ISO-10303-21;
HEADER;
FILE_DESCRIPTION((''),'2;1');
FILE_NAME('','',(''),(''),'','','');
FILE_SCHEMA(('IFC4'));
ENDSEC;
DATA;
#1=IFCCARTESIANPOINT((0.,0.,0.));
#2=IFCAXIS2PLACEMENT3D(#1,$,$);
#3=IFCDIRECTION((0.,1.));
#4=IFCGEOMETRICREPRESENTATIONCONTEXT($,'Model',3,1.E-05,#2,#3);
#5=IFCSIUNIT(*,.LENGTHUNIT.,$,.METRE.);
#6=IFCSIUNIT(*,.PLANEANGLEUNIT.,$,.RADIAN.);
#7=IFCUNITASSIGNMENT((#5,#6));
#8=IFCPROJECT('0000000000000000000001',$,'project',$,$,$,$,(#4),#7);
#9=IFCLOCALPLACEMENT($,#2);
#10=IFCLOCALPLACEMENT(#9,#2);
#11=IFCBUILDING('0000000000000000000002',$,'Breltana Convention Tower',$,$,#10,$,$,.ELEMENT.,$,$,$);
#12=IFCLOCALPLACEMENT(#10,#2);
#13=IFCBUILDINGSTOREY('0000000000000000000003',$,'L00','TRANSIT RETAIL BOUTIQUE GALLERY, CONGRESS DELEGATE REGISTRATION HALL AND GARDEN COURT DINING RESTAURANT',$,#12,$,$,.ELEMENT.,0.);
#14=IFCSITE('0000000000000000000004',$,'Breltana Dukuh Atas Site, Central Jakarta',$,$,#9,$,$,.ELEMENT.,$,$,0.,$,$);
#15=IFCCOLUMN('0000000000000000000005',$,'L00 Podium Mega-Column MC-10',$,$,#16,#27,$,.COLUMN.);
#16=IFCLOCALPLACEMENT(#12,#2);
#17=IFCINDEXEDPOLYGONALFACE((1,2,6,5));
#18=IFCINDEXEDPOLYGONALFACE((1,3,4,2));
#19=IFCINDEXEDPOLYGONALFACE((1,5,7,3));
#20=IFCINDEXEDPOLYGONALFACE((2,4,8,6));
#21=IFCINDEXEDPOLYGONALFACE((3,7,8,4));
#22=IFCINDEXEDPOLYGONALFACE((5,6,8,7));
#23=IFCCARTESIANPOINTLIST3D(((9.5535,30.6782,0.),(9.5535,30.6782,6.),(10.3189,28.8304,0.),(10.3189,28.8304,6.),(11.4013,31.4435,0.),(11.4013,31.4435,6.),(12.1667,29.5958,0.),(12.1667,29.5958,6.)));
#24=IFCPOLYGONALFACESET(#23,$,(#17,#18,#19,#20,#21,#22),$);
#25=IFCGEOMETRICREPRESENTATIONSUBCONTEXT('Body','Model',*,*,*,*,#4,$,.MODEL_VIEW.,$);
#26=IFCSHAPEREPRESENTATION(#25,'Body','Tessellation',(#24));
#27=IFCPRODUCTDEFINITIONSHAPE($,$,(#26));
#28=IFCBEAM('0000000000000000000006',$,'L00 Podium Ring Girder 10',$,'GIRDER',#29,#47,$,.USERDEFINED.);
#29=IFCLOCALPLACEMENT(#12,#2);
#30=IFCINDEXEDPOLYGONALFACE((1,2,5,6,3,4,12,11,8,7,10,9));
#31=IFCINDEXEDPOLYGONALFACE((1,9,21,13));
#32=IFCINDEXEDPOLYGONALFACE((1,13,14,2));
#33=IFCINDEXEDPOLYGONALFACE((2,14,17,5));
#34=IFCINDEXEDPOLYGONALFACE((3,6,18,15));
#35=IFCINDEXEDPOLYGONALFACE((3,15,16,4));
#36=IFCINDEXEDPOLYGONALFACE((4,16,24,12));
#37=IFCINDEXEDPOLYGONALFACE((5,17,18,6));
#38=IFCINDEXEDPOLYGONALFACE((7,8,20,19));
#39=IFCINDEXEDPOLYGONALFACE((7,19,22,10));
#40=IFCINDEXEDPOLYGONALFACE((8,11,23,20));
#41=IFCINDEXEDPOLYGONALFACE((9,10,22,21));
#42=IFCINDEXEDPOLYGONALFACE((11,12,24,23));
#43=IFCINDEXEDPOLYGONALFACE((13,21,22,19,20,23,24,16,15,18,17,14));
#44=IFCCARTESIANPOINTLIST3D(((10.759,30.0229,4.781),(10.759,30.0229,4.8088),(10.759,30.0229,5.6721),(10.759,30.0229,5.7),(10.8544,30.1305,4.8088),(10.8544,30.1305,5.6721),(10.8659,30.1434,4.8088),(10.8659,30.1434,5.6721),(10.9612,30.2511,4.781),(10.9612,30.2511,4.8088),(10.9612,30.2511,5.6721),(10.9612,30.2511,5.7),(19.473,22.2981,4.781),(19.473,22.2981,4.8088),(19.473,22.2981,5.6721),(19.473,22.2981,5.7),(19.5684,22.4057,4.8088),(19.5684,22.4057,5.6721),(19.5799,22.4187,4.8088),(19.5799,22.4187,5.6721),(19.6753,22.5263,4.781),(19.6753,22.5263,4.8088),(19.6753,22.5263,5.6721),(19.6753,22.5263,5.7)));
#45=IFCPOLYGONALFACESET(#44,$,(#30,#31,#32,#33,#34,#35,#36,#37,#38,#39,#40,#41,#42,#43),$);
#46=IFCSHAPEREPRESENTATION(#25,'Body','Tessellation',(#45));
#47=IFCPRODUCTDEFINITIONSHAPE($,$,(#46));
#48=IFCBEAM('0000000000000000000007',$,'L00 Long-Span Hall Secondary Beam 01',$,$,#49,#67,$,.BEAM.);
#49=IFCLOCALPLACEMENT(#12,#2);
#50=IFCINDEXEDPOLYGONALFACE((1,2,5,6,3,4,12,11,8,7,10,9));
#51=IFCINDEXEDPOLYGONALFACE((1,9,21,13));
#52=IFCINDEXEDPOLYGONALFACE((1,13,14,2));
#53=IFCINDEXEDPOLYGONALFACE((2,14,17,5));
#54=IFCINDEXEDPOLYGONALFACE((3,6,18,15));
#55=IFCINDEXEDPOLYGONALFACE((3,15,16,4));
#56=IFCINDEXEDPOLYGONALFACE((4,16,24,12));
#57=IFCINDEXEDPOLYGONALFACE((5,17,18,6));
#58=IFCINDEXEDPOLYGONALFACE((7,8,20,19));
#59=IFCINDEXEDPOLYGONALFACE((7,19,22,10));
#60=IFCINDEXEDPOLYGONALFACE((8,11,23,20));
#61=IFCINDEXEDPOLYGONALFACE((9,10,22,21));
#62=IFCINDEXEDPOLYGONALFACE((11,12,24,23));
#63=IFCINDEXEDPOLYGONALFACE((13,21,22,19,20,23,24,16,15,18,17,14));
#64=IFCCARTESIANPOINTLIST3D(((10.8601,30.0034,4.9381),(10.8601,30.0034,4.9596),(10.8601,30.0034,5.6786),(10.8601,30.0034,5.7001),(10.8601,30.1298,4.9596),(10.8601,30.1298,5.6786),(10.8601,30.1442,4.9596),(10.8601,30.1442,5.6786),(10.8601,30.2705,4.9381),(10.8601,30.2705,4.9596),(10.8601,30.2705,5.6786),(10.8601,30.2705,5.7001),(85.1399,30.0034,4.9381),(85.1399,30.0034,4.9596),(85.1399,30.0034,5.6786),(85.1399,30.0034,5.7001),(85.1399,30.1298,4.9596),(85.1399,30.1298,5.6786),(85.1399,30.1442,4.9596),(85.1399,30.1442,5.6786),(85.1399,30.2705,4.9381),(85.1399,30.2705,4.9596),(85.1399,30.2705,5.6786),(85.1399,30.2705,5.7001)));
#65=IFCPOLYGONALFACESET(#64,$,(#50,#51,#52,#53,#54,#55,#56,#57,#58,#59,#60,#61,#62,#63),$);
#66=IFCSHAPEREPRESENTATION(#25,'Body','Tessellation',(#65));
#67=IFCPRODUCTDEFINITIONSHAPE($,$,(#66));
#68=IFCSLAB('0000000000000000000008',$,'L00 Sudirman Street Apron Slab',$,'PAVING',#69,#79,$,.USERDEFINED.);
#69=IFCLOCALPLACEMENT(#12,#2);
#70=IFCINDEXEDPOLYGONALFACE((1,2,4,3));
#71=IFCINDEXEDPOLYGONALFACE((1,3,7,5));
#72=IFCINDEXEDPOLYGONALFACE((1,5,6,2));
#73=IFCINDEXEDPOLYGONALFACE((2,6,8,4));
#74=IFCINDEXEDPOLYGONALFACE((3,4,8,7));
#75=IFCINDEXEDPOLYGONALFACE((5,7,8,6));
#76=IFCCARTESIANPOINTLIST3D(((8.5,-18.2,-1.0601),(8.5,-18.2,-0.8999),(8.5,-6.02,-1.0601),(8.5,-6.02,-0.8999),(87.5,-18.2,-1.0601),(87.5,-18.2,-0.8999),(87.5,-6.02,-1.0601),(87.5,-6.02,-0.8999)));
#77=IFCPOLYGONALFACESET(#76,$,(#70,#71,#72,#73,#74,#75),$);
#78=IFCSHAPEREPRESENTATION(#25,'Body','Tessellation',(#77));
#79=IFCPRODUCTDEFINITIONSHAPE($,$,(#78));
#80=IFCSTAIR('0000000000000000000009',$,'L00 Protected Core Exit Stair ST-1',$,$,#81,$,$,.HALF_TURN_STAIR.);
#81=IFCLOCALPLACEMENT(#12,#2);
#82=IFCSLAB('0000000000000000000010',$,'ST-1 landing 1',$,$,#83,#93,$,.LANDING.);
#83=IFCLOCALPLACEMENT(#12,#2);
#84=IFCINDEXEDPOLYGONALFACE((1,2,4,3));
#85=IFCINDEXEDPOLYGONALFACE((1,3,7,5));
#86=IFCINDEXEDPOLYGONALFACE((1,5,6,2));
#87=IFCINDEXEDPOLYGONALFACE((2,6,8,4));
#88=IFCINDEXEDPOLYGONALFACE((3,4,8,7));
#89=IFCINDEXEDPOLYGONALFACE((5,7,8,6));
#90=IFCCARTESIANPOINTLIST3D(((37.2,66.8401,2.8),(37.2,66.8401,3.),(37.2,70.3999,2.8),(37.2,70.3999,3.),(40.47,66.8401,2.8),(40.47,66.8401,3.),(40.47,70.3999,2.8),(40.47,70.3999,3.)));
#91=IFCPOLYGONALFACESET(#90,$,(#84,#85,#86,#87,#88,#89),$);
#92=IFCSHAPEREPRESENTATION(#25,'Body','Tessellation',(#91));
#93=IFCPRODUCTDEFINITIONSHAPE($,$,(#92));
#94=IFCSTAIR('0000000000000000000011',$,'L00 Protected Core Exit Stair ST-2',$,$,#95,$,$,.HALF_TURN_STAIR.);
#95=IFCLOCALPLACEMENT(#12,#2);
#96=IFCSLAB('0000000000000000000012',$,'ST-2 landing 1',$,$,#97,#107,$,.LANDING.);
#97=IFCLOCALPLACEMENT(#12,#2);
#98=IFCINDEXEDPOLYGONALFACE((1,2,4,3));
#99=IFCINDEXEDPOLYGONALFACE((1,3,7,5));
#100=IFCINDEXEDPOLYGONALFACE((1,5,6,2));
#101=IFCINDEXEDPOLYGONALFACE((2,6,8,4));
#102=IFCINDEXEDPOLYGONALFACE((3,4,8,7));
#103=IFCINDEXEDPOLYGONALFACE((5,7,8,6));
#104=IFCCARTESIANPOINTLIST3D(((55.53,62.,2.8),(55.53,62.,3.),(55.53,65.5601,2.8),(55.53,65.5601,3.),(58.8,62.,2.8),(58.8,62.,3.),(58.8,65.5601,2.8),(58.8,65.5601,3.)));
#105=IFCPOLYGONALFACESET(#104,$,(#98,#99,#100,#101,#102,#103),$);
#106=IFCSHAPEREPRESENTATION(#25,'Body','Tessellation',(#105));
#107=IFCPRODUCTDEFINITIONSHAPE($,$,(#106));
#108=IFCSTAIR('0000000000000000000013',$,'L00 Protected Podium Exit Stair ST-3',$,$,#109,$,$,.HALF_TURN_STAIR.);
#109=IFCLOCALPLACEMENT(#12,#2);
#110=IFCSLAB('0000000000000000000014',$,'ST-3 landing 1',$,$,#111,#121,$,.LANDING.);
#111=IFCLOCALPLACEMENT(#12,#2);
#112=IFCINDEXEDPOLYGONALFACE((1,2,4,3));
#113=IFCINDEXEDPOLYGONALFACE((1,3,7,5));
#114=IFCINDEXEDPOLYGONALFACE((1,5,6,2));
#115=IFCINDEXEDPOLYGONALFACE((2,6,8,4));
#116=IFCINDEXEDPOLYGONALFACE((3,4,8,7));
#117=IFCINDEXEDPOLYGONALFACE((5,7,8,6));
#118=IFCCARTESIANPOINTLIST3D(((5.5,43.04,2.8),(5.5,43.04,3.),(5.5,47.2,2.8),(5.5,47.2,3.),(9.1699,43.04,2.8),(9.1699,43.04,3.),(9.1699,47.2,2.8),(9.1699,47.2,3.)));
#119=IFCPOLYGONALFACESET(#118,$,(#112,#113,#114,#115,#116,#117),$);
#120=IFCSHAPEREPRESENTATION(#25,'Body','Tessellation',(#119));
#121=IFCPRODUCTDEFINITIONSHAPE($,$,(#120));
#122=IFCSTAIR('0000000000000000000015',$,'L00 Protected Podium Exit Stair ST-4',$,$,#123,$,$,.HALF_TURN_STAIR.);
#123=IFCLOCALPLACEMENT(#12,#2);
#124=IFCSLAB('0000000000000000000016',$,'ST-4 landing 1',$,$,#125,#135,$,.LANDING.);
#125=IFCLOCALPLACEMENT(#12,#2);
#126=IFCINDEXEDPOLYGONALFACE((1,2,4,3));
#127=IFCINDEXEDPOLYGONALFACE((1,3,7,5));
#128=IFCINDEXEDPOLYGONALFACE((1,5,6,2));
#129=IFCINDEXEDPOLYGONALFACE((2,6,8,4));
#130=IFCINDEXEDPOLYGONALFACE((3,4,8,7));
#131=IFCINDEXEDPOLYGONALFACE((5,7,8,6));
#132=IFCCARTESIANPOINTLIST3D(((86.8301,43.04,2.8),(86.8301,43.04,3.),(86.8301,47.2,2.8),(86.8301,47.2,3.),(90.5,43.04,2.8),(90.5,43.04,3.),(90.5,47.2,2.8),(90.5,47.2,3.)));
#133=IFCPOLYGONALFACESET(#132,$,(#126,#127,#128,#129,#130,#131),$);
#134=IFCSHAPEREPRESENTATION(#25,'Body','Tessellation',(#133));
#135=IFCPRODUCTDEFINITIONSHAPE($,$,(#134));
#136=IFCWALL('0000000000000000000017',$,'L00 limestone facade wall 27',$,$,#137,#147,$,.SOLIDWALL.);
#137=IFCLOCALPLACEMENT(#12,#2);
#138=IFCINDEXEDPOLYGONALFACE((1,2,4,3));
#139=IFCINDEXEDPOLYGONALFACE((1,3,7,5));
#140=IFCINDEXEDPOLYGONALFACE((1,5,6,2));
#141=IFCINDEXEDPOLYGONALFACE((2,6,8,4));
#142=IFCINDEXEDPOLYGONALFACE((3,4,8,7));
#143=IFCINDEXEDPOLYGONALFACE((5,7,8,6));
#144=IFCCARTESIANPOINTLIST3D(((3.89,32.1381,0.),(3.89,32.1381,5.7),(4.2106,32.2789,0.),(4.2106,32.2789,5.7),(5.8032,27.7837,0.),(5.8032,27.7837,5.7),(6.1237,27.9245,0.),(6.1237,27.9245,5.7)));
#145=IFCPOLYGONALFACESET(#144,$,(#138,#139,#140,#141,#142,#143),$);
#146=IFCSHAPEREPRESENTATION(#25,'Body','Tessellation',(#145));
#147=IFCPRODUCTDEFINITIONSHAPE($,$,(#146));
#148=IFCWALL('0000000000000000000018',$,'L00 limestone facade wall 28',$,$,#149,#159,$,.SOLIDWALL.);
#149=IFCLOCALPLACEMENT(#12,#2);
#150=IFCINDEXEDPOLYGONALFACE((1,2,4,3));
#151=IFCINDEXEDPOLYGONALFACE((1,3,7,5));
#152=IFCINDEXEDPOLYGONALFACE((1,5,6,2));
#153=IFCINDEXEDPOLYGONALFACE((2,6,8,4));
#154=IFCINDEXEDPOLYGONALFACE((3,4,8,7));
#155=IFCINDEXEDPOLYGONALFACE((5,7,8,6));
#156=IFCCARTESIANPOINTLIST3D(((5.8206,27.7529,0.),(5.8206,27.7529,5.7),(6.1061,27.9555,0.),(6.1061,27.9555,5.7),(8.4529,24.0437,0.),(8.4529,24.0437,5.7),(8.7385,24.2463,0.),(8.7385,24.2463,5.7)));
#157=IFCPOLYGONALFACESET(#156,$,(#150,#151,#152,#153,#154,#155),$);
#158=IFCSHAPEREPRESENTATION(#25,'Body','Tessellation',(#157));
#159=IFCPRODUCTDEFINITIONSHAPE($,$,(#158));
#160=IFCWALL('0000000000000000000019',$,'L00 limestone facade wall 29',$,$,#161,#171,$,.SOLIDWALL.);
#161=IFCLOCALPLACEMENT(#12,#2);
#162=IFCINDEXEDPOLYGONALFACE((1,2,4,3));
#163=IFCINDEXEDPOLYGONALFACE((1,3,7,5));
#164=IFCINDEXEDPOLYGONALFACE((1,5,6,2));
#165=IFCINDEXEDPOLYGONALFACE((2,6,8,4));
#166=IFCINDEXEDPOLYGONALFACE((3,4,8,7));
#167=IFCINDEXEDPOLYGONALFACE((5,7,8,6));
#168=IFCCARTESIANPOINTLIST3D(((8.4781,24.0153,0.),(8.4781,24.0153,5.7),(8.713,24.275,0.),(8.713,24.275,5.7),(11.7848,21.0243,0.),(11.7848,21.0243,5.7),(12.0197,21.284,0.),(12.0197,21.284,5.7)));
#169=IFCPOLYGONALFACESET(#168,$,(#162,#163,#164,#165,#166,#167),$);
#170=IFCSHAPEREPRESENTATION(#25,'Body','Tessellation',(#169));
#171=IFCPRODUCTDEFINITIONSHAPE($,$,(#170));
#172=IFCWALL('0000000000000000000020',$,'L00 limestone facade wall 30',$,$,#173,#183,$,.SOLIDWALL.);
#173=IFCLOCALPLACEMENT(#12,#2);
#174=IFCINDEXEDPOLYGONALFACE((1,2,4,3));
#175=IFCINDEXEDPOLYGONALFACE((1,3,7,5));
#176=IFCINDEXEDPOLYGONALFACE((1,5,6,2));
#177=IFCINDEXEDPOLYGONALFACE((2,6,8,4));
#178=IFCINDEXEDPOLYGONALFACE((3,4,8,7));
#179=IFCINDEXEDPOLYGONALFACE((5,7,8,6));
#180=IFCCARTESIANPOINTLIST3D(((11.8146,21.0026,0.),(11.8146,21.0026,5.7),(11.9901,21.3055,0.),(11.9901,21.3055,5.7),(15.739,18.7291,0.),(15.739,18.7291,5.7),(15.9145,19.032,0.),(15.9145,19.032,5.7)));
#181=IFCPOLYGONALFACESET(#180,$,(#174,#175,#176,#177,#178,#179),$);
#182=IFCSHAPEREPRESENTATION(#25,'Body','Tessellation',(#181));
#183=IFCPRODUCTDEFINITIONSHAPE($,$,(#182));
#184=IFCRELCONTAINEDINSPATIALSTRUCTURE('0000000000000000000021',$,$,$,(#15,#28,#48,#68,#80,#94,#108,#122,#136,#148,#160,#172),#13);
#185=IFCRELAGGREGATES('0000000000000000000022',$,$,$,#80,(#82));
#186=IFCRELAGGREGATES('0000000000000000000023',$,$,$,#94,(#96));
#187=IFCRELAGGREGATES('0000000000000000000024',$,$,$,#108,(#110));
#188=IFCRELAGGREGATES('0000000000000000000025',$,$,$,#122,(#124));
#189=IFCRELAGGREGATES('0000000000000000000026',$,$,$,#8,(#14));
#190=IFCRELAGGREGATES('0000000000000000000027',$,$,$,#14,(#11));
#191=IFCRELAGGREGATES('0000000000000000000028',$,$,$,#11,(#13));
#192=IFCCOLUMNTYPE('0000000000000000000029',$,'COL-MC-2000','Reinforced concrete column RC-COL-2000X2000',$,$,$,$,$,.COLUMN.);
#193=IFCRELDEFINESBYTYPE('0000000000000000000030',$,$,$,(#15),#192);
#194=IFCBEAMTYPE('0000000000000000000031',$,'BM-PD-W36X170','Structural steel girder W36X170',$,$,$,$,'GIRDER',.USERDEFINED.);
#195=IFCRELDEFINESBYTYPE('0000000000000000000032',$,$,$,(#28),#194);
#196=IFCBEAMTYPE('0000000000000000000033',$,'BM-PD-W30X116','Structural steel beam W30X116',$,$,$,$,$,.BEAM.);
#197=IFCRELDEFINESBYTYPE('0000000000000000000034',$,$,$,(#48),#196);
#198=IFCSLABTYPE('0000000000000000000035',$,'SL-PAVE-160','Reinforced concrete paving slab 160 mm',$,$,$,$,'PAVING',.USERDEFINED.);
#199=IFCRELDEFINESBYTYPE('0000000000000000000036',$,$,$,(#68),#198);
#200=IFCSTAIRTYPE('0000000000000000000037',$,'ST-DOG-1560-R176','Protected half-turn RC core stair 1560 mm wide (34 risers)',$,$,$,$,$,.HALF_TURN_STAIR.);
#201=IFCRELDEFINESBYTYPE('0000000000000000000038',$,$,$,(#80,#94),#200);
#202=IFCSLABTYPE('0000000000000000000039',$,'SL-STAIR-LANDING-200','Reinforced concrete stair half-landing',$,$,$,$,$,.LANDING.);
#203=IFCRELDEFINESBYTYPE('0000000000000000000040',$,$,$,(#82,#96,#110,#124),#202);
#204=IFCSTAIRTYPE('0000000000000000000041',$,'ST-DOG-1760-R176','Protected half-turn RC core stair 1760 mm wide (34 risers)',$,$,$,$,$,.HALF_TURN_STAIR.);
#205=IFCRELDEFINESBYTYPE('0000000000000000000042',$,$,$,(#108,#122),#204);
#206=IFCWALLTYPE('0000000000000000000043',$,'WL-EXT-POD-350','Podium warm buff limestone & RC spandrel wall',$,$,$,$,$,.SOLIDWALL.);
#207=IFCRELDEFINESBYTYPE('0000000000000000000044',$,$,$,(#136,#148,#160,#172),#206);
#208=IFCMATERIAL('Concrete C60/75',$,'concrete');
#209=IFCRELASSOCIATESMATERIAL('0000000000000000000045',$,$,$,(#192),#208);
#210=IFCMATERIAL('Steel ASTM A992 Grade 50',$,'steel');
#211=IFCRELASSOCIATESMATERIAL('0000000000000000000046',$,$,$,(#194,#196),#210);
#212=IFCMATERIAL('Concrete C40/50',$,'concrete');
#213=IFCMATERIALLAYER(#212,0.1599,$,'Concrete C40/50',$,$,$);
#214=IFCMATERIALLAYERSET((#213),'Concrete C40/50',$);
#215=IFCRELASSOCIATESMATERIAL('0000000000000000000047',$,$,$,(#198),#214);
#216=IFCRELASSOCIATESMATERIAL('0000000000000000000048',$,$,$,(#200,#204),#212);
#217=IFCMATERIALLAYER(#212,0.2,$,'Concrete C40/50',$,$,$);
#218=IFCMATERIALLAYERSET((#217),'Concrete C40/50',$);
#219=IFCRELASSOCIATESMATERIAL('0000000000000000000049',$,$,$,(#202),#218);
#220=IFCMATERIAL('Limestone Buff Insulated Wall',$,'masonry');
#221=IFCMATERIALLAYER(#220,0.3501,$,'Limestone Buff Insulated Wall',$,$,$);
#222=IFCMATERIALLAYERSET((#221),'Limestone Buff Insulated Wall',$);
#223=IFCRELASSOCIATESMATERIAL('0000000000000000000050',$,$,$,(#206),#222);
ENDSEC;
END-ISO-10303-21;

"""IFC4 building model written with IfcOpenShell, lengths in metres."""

from ifc_helpers import new_model, si_unit, direction, frame, frame_2d, origin, origin_2d, place, context, subcontext, project, spatial, polyline, rectangle, i_section, outline, extrude, source, transform, mapped, material, layer, layer_set, material_profile, profile_set, type_object, type_shapes, element, aggregate, save


model = new_model("IFC4")

# Units and contexts
model_context = context("Model", 3, precision=1e-05, world=origin(), true_north=direction((0.0, 1.0)))
body_context = subcontext(model_context, "Body", "Model", "MODEL_VIEW")
ifc_project = project(units=[si_unit("LENGTHUNIT", "METRE"), si_unit("PLANEANGLEUNIT", "RADIAN")], contexts=[model_context])

# Site, building, storey
site_placement = place(None, origin())
site = spatial("IfcSite", under=ifc_project, at=site_placement, Name="Breltana Dukuh Atas Site, Central Jakarta", CompositionType="ELEMENT", RefElevation=0.0)
building_placement = place(site_placement, origin())
building = spatial("IfcBuilding", under=site, at=building_placement, Name="Breltana Convention Tower", CompositionType="ELEMENT")
storey_placement = place(building_placement, origin())
storey = spatial("IfcBuildingStorey", under=building, at=storey_placement, Name="L00", Description="TRANSIT RETAIL BOUTIQUE GALLERY, CONGRESS DELEGATE REGISTRATION HALL AND GARDEN COURT DINING RESTAURANT", CompositionType="ELEMENT", Elevation=0.0)

# Column
ifc_material_1 = material(Name="Concrete C60/75", Category="concrete")
ifc_material_profile_1 = material_profile(ifc_material_1, rectangle(XDim=2.0, YDim=2.0, at=origin_2d()), Name="RC-COL-2000X2000")
ifc_profile_set_1 = profile_set([ifc_material_profile_1], Name="Concrete C60/75")
column_type = type_object("IfcColumnType", Name="COL-MC-2000", Description="Reinforced concrete column RC-COL-2000X2000", PredefinedType="COLUMN", material=ifc_profile_set_1)
shared_shape_1 = source(origin(), body_context, "Body", "SweptSolid", [
    extrude(rectangle(XDim=2.0, YDim=2.0, at=origin_2d()), origin(), (0.0, 0.0, 1.0), 6.0),
])
column_placement = place(storey_placement, frame((10.8601, 30.137, 0.0), z_axis=(0.0, 0.0, 1.0), x_axis=(-0.92388, -0.382683, 0.0)))
element("IfcColumn", 1, at=column_placement, inside=storey, type_object=column_type, Name="L00 Podium Mega-Column MC-10", PredefinedType="COLUMN", context=body_context, shape_type="MappedRepresentation", body=[
    mapped(shared_shape_1, transform((0.0, 0.0, 0.0), scale=1.0)),
])

# Beams
ifc_material_2 = material(Name="Steel ASTM A992 Grade 50", Category="steel")
ifc_material_profile_2 = material_profile(ifc_material_2, i_section(OverallWidth=0.3049, OverallDepth=0.9189, WebThickness=0.0173, FlangeThickness=0.0278, at=origin_2d()), Name="W36X170")
ifc_profile_set_2 = profile_set([ifc_material_profile_2], Name="Steel ASTM A992 Grade 50")
beam_type_1 = type_object("IfcBeamType", Name="BM-PD-W36X170", Description="Structural steel girder W36X170", ElementType="GIRDER", PredefinedType="USERDEFINED", material=ifc_profile_set_2)
shared_shape_2 = source(origin(), body_context, "Body", "SweptSolid", [
    extrude(i_section(OverallWidth=0.3049, OverallDepth=0.9189, WebThickness=0.0173, FlangeThickness=0.0278, at=origin_2d()), origin(), (0.0, 0.0, 1.0), 11.645),
])
beam_1_placement = place(storey_placement, frame((10.8601, 30.137, 5.2405), z_axis=(0.748305, -0.663355, 0.0), x_axis=(0.663355, 0.748305, 0.0)))
element("IfcBeam", 2, at=beam_1_placement, inside=storey, type_object=beam_type_1, Name="L00 Podium Ring Girder 10", ObjectType="GIRDER", PredefinedType="USERDEFINED", context=body_context, shape_type="MappedRepresentation", body=[
    mapped(shared_shape_2, transform((0.0, 0.0, 0.0), scale=1.0)),
])
ifc_material_profile_3 = material_profile(ifc_material_2, i_section(OverallWidth=0.2671, OverallDepth=0.762, WebThickness=0.0144, FlangeThickness=0.0215, at=origin_2d()), Name="W30X116")
ifc_profile_set_3 = profile_set([ifc_material_profile_3], Name="Steel ASTM A992 Grade 50")
beam_type_2 = type_object("IfcBeamType", Name="BM-PD-W30X116", Description="Structural steel beam W30X116", PredefinedType="BEAM", material=ifc_profile_set_3)
shared_shape_3 = source(origin(), body_context, "Body", "SweptSolid", [
    extrude(i_section(OverallWidth=0.2671, OverallDepth=0.762, WebThickness=0.0144, FlangeThickness=0.0215, at=origin_2d()), origin(), (0.0, 0.0, 1.0), 74.2798),
])
type_shapes(beam_type_2, [shared_shape_3])
beam_2_placement = place(storey_placement, frame((10.8601, 30.137, 5.3191), z_axis=(1.0, 0.0, 0.0), x_axis=(0.0, 1.0, 0.0)))
element("IfcBeam", 3, at=beam_2_placement, inside=storey, type_object=beam_type_2, Name="L00 Long-Span Hall Secondary Beam 01", PredefinedType="BEAM", context=body_context, shape_type="MappedRepresentation", body=[
    mapped(shared_shape_3, transform((0.0, 0.0, 0.0), scale=1.0)),
])

# Slab
ifc_material_3 = material(Name="Concrete C40/50", Category="concrete")
ifc_layer_1 = layer(ifc_material_3, 0.1599, Name="Concrete C40/50")
ifc_layer_set_1 = layer_set([ifc_layer_1], Name="Concrete C40/50")
slab_type_1 = type_object("IfcSlabType", Name="SL-PAVE-160", Description="Reinforced concrete paving slab 160 mm", ElementType="PAVING", PredefinedType="USERDEFINED", material=ifc_layer_set_1)
slab_1_placement = place(storey_placement, frame((0.0, 0.0, -1.0601)))
element("IfcSlab", 4, at=slab_1_placement, inside=storey, type_object=slab_type_1, Name="L00 Sudirman Street Apron Slab", ObjectType="PAVING", PredefinedType="USERDEFINED", context=body_context, shape_type="SweptSolid", body=[
    extrude(outline(polyline([(8.5, -18.2), (87.5, -18.2), (87.5, -6.02), (8.5, -6.02), (8.5, -18.2)])), origin(), (0.0, 0.0, 1.0), 0.1602),
])

# Stairs, slabs
stair_type_1 = type_object("IfcStairType", Name="ST-DOG-1560-R176", Description="Protected half-turn RC core stair 1560 mm wide (34 risers)", PredefinedType="HALF_TURN_STAIR", material=ifc_material_3)
stair_1_placement = place(storey_placement, origin())
stair_1 = element("IfcStair", 5, at=stair_1_placement, inside=storey, type_object=stair_type_1, Name="L00 Protected Core Exit Stair ST-1", PredefinedType="HALF_TURN_STAIR")
ifc_layer_2 = layer(ifc_material_3, 0.2, Name="Concrete C40/50")
ifc_layer_set_2 = layer_set([ifc_layer_2], Name="Concrete C40/50")
slab_type_2 = type_object("IfcSlabType", Name="SL-STAIR-LANDING-200", Description="Reinforced concrete stair half-landing", PredefinedType="LANDING", material=ifc_layer_set_2)
slab_2_placement = place(storey_placement, frame((0.0, 0.0, 2.8)))
slab_2 = element("IfcSlab", 6, at=slab_2_placement, type_object=slab_type_2, Name="ST-1 landing 1", PredefinedType="LANDING", context=body_context, shape_type="SweptSolid", body=[
    extrude(outline(polyline([(40.47, 66.8401), (40.47, 70.3999), (37.2, 70.3999), (37.2, 66.8401), (40.47, 66.8401)])), origin(), (0.0, 0.0, 1.0), 0.2),
])
aggregate(stair_1, [slab_2])
stair_2_placement = place(storey_placement, origin())
stair_2 = element("IfcStair", 7, at=stair_2_placement, inside=storey, type_object=stair_type_1, Name="L00 Protected Core Exit Stair ST-2", PredefinedType="HALF_TURN_STAIR")
slab_3_placement = place(storey_placement, frame((0.0, 0.0, 2.8)))
slab_3 = element("IfcSlab", 8, at=slab_3_placement, type_object=slab_type_2, Name="ST-2 landing 1", PredefinedType="LANDING", context=body_context, shape_type="SweptSolid", body=[
    extrude(outline(polyline([(55.53, 65.5601), (55.53, 62.0), (58.8, 62.0), (58.8, 65.5601), (55.53, 65.5601)])), origin(), (0.0, 0.0, 1.0), 0.2),
])
aggregate(stair_2, [slab_3])
stair_type_2 = type_object("IfcStairType", Name="ST-DOG-1760-R176", Description="Protected half-turn RC core stair 1760 mm wide (34 risers)", PredefinedType="HALF_TURN_STAIR", material=ifc_material_3)
stair_3_placement = place(storey_placement, origin())
stair_3 = element("IfcStair", 9, at=stair_3_placement, inside=storey, type_object=stair_type_2, Name="L00 Protected Podium Exit Stair ST-3", PredefinedType="HALF_TURN_STAIR")
slab_4_placement = place(storey_placement, frame((0.0, 0.0, 2.8)))
slab_4 = element("IfcSlab", 10, at=slab_4_placement, type_object=slab_type_2, Name="ST-3 landing 1", PredefinedType="LANDING", context=body_context, shape_type="SweptSolid", body=[
    extrude(outline(polyline([(9.1699, 43.04), (9.1699, 47.2), (5.5, 47.2), (5.5, 43.04), (9.1699, 43.04)])), origin(), (0.0, 0.0, 1.0), 0.2),
])
aggregate(stair_3, [slab_4])
stair_4_placement = place(storey_placement, origin())
stair_4 = element("IfcStair", 11, at=stair_4_placement, inside=storey, type_object=stair_type_2, Name="L00 Protected Podium Exit Stair ST-4", PredefinedType="HALF_TURN_STAIR")
slab_5_placement = place(storey_placement, frame((0.0, 0.0, 2.8)))
slab_5 = element("IfcSlab", 12, at=slab_5_placement, type_object=slab_type_2, Name="ST-4 landing 1", PredefinedType="LANDING", context=body_context, shape_type="SweptSolid", body=[
    extrude(outline(polyline([(90.5, 43.04), (90.5, 47.2), (86.8301, 47.2), (86.8301, 43.04), (90.5, 43.04)])), origin(), (0.0, 0.0, 1.0), 0.2),
])
aggregate(stair_4, [slab_5])

# Shared definitions
ifc_material_4 = material(Name="Limestone Buff Insulated Wall", Category="masonry")
ifc_layer_3 = layer(ifc_material_4, 0.3501, Name="Limestone Buff Insulated Wall")
ifc_layer_set_3 = layer_set([ifc_layer_3], Name="Limestone Buff Insulated Wall")
wall_type_1 = type_object("IfcWallType", Name="WL-EXT-POD-350", Description="Podium warm buff limestone & RC spandrel wall", PredefinedType="SOLIDWALL", material=ifc_layer_set_3)

# Walls
shared_shape_4 = source(origin(), body_context, "Body", "SweptSolid", [
    extrude(rectangle(XDim=4.7561, YDim=0.3501, at=frame_2d((2.3779, 0.0))), origin(), (0.0, 0.0, 1.0), 5.7),
])
wall_1_placement = place(storey_placement, frame((5.9634, 27.8542, 0.0), z_axis=(0.0, 0.0, 1.0), x_axis=(-0.402248, 0.915531, 0.0)))
element("IfcWall", 13, at=wall_1_placement, inside=storey, type_object=wall_type_1, Name="L00 limestone facade wall 27", PredefinedType="SOLIDWALL", context=body_context, shape_type="MappedRepresentation", body=[
    mapped(shared_shape_4, transform((0.0, 0.0, 0.0), scale=1.0)),
])
shared_shape_5 = source(origin(), body_context, "Body", "SweptSolid", [
    extrude(rectangle(XDim=4.5483, YDim=0.3501, at=frame_2d((2.2742, 0.0))), origin(), (0.0, 0.0, 1.0), 5.7),
])
wall_2_placement = place(storey_placement, frame((8.5957, 24.145, 0.0), z_axis=(0.0, 0.0, 1.0), x_axis=(-0.578742, 0.81551, 0.0)))
element("IfcWall", 14, at=wall_2_placement, inside=storey, type_object=wall_type_1, Name="L00 limestone facade wall 28", PredefinedType="SOLIDWALL", context=body_context, shape_type="MappedRepresentation", body=[
    mapped(shared_shape_5, transform((0.0, 0.0, 0.0), scale=1.0)),
])
shared_shape_6 = source(origin(), body_context, "Body", "SweptSolid", [
    extrude(rectangle(XDim=4.4587, YDim=0.3501, at=frame_2d((2.2295, 0.0))), origin(), (0.0, 0.0, 1.0), 5.7),
])
wall_3_placement = place(storey_placement, frame((11.9023, 21.1541, 0.0), z_axis=(0.0, 0.0, 1.0), x_axis=(-0.74162, 0.67082, 0.0)))
element("IfcWall", 15, at=wall_3_placement, inside=storey, type_object=wall_type_1, Name="L00 limestone facade wall 29", PredefinedType="SOLIDWALL", context=body_context, shape_type="MappedRepresentation", body=[
    mapped(shared_shape_6, transform((0.0, 0.0, 0.0), scale=1.0)),
])
shared_shape_7 = source(origin(), body_context, "Body", "SweptSolid", [
    extrude(rectangle(XDim=4.5354, YDim=0.3501, at=frame_2d((2.2676, 0.0))), origin(), (0.0, 0.0, 1.0), 5.7),
])
wall_4_placement = place(storey_placement, frame((15.8267, 18.8806, 0.0), z_axis=(0.0, 0.0, 1.0), x_axis=(-0.865286, 0.501278, 0.0)))
element("IfcWall", 16, at=wall_4_placement, inside=storey, type_object=wall_type_1, Name="L00 limestone facade wall 30", PredefinedType="SOLIDWALL", context=body_context, shape_type="MappedRepresentation", body=[
    mapped(shared_shape_7, transform((0.0, 0.0, 0.0), scale=1.0)),
])

save(model, "model.ifc")
